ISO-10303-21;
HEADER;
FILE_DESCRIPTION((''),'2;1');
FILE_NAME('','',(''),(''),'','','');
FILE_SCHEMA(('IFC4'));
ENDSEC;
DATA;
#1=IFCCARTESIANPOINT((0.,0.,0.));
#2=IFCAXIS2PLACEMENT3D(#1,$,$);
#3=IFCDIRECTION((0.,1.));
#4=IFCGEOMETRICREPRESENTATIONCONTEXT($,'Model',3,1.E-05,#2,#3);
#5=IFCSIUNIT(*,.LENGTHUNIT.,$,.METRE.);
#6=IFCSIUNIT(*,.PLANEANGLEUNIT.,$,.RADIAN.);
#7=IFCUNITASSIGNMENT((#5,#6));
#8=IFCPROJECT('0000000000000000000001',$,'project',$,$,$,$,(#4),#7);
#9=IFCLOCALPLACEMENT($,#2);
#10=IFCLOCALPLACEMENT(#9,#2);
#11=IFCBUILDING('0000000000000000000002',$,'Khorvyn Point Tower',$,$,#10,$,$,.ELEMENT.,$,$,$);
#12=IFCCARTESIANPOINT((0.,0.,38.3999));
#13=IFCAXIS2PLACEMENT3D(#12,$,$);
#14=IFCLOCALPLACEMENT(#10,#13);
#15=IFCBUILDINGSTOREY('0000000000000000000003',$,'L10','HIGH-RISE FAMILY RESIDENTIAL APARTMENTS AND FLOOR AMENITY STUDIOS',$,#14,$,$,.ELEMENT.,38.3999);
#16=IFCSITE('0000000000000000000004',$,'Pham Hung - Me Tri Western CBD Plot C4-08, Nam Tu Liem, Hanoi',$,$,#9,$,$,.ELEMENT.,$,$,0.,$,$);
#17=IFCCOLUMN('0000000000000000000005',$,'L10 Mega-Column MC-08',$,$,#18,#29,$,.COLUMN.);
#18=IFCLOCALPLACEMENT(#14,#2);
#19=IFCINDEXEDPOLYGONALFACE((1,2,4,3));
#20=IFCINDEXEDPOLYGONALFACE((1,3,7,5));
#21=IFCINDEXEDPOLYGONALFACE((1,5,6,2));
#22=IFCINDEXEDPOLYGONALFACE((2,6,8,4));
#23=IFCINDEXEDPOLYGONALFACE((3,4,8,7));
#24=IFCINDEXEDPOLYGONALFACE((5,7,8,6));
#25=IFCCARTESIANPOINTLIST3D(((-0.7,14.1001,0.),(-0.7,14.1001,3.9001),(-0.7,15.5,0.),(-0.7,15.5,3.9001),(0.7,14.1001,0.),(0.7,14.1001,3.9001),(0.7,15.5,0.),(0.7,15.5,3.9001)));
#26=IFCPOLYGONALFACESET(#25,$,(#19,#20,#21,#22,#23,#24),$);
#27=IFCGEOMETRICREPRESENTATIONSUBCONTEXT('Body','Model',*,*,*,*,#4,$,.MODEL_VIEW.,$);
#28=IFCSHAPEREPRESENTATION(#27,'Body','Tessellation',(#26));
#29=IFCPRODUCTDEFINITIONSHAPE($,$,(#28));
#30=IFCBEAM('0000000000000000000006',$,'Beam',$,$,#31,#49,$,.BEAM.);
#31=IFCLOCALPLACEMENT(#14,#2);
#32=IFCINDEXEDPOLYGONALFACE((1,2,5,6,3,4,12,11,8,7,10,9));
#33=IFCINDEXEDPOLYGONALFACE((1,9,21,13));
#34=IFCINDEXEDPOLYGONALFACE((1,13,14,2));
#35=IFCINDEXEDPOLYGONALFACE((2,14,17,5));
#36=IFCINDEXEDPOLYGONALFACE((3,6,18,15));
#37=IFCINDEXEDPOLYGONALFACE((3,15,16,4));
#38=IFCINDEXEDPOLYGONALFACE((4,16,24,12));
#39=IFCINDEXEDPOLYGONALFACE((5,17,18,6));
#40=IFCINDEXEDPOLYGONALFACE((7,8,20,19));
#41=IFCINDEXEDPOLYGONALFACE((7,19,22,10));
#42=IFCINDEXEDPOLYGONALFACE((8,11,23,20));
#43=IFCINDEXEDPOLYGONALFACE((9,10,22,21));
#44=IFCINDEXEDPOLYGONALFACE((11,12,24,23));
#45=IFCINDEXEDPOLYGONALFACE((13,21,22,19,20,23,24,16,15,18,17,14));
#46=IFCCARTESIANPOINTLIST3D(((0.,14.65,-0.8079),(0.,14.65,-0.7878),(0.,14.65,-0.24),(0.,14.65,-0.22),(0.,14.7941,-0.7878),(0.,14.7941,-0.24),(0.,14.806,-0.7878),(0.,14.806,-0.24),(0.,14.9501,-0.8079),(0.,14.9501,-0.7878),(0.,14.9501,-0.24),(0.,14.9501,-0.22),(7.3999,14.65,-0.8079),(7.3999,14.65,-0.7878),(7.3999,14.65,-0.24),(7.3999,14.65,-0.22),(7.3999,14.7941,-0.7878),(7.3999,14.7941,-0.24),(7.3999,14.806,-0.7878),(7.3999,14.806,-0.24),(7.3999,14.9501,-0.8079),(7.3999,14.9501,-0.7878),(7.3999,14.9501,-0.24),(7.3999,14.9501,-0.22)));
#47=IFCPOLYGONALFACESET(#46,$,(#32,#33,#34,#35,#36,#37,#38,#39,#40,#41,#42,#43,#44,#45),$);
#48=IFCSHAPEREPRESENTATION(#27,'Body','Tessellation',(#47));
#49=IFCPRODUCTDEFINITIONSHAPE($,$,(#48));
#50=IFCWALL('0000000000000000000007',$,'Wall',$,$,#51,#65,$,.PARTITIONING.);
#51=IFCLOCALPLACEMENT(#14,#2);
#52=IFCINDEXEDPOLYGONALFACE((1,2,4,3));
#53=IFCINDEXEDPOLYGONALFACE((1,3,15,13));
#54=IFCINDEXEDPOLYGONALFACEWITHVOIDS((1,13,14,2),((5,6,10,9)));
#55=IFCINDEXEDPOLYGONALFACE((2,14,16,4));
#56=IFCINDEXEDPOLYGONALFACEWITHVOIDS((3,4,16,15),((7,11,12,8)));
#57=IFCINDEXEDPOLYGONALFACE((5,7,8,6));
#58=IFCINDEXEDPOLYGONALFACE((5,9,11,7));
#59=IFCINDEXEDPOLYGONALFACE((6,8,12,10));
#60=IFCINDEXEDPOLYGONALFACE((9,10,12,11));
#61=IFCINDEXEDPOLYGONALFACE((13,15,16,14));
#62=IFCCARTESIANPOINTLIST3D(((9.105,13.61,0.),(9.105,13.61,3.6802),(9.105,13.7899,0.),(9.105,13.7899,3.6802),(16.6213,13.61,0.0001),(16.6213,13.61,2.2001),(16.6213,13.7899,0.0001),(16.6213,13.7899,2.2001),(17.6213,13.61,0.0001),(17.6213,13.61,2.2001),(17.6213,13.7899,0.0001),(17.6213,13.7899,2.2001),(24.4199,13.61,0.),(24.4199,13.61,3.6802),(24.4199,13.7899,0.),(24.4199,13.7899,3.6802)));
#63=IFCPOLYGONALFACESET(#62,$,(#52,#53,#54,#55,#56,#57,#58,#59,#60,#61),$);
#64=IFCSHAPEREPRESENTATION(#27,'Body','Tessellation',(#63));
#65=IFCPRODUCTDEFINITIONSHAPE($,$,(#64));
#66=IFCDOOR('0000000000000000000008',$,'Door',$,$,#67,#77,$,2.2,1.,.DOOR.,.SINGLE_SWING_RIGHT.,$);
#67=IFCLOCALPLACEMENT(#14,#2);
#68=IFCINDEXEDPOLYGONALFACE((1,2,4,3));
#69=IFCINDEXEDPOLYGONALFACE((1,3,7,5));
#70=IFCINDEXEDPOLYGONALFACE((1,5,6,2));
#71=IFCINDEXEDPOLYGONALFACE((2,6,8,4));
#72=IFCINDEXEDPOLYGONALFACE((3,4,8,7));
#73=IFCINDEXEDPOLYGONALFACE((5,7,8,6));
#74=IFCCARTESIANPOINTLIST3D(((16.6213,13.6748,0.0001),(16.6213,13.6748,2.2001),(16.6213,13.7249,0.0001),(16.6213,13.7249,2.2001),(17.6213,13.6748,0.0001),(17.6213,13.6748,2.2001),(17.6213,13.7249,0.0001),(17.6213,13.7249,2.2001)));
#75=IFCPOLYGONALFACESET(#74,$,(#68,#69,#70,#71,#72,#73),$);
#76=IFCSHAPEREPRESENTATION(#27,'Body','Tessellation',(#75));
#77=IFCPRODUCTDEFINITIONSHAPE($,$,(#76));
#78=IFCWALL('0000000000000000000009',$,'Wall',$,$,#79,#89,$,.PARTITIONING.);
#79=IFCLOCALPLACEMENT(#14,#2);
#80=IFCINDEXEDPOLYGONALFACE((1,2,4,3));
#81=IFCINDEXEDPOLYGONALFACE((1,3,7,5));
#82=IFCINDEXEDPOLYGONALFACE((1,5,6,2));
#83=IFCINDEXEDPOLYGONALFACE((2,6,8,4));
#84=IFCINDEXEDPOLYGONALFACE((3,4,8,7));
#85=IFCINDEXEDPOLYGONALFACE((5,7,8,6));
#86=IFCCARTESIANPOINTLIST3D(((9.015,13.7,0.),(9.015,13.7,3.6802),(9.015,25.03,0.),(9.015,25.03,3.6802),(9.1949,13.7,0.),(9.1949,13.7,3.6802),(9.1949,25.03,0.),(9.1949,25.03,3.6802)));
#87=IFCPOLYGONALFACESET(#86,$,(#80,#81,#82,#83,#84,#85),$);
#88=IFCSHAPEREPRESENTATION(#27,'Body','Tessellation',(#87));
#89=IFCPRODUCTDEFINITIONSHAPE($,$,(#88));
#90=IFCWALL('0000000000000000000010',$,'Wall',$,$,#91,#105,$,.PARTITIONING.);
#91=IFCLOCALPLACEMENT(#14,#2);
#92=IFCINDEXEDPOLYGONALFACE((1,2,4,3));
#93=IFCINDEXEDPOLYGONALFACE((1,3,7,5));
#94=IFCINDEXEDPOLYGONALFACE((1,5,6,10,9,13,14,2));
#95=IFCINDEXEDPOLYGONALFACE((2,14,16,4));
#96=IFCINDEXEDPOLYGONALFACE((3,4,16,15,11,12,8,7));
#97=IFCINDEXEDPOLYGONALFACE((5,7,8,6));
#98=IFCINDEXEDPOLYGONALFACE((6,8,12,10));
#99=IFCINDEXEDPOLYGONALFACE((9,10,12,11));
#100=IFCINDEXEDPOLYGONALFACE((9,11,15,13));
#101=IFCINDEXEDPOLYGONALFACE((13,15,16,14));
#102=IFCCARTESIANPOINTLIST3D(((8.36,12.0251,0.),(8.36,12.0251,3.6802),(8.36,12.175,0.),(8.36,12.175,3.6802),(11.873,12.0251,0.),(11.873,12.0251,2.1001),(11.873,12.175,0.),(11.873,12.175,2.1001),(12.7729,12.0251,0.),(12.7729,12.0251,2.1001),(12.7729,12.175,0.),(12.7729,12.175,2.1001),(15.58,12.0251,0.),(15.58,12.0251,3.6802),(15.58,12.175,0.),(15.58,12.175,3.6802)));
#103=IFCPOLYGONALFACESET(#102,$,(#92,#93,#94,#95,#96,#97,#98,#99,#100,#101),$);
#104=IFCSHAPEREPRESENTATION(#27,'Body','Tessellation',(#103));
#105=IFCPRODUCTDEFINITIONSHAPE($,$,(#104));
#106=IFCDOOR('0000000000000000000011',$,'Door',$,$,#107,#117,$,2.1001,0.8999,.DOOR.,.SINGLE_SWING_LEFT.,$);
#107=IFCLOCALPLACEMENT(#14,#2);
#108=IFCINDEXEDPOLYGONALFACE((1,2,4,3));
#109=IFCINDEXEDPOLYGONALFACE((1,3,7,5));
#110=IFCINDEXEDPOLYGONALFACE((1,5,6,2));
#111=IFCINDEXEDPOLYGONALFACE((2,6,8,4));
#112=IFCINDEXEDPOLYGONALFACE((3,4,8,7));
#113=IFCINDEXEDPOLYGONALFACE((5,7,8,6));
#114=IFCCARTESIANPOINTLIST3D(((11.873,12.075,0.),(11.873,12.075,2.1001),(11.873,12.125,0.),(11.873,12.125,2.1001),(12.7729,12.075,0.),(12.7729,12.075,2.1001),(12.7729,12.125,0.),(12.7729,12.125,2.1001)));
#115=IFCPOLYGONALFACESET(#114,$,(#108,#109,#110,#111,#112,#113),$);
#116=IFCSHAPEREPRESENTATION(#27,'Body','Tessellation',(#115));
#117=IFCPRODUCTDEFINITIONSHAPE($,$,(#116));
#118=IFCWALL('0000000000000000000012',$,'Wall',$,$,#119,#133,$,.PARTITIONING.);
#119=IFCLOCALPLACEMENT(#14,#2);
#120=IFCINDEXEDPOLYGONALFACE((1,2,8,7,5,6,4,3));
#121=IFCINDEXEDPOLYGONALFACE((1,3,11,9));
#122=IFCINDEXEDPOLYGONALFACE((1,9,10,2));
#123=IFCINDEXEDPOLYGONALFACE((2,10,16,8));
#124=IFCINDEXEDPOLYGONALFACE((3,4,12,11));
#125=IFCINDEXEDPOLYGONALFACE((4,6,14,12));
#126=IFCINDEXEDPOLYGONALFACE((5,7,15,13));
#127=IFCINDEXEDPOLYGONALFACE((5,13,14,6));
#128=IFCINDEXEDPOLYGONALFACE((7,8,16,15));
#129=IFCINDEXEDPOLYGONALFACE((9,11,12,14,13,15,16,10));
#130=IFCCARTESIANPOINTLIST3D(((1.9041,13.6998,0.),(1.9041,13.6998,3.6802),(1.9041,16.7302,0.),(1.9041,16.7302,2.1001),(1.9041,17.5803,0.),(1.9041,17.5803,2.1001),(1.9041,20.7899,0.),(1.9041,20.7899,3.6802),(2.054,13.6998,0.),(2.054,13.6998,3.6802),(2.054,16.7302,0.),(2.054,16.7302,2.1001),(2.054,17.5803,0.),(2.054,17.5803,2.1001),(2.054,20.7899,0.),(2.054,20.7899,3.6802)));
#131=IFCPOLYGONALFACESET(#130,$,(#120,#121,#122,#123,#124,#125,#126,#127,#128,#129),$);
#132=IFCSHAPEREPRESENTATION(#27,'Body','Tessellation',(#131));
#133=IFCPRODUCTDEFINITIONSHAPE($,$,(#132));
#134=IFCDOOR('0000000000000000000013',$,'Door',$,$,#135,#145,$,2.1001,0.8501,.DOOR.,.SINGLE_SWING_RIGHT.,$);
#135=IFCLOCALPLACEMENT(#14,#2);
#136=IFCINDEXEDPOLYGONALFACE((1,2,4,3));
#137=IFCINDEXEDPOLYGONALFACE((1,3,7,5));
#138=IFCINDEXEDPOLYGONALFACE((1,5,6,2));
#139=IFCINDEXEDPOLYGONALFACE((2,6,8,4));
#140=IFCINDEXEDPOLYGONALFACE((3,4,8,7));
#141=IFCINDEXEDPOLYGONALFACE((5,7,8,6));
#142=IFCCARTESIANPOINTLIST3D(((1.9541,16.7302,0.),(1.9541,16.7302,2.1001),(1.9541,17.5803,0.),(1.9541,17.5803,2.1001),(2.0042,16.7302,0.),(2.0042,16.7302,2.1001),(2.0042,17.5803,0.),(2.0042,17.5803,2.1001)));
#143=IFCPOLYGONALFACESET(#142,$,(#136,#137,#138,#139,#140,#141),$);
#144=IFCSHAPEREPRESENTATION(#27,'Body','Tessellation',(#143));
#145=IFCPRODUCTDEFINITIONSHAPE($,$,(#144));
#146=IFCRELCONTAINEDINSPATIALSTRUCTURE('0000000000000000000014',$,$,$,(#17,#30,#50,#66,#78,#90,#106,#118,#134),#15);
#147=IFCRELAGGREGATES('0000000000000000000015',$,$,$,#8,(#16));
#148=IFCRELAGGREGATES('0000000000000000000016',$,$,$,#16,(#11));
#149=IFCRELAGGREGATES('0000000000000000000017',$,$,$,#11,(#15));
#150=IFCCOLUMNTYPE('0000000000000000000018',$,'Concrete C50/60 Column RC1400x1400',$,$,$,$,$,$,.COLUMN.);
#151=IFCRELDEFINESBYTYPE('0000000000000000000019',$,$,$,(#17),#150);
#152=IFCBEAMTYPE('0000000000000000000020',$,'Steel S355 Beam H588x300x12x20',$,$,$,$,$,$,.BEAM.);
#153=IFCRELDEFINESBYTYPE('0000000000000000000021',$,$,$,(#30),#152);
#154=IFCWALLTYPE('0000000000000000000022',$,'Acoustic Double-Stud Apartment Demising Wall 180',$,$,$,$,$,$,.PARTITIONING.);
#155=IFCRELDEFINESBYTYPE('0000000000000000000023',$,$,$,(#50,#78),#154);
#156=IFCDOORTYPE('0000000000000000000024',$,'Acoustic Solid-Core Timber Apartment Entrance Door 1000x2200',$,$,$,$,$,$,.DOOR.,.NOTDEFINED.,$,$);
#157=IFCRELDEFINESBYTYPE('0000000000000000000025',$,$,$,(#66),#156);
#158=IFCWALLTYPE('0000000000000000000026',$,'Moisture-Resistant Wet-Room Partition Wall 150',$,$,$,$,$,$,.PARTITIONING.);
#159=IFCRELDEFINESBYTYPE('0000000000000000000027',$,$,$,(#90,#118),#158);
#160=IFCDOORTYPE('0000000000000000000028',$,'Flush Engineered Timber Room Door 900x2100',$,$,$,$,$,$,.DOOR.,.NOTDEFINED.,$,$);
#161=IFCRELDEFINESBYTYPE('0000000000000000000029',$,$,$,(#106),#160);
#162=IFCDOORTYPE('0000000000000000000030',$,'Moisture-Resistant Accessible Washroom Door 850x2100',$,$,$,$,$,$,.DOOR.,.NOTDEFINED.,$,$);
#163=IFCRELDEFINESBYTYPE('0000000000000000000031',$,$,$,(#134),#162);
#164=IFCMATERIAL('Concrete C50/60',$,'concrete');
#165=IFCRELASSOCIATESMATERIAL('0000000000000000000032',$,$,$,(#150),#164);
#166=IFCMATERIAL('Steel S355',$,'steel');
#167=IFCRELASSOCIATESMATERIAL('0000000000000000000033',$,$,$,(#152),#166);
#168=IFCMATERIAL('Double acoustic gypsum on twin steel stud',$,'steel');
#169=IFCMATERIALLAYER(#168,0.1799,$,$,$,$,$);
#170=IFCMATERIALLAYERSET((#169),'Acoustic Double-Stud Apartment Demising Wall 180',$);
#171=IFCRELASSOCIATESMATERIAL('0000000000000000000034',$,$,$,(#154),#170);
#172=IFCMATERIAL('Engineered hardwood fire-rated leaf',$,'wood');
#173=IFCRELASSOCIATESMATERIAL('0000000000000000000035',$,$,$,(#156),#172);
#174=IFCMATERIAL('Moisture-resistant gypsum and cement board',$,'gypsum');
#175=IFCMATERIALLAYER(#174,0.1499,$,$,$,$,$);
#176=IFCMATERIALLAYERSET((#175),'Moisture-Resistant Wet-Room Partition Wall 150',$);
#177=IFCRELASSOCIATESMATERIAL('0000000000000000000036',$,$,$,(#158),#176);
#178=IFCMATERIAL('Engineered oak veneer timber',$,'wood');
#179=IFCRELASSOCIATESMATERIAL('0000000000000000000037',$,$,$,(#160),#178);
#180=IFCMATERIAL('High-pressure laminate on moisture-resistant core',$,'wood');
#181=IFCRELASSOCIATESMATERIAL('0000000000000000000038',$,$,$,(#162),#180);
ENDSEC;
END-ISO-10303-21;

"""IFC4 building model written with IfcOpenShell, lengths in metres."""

from ifc_helpers import new_model, si_unit, direction, frame, frame_2d, origin, origin_2d, place, context, subcontext, project, spatial, rectangle, i_section, extrude, material, layer, layer_set, material_profile, profile_set, type_object, element, fill, save


model = new_model("IFC4")

# Units and contexts
model_context = context("Model", 3, precision=1e-05, world=origin(), true_north=direction((0.0, 1.0)))
body_context = subcontext(model_context, "Body", "Model", "MODEL_VIEW")
ifc_project = project(units=[si_unit("LENGTHUNIT", "METRE"), si_unit("PLANEANGLEUNIT", "RADIAN")], contexts=[model_context])

# Site, building, storey
site_placement = place(None, origin())
site = spatial("IfcSite", under=ifc_project, at=site_placement, Name="Pham Hung - Me Tri Western CBD Plot C4-08, Nam Tu Liem, Hanoi", CompositionType="ELEMENT", RefElevation=0.0)
building_placement = place(site_placement, origin())
building = spatial("IfcBuilding", under=site, at=building_placement, Name="Khorvyn Point Tower", CompositionType="ELEMENT")
storey_placement = place(building_placement, frame((0.0, 0.0, 38.3999)))
storey = spatial("IfcBuildingStorey", under=building, at=storey_placement, Name="L10", Description="HIGH-RISE FAMILY RESIDENTIAL APARTMENTS AND FLOOR AMENITY STUDIOS", CompositionType="ELEMENT", Elevation=38.3999)

# Column
ifc_material_1 = material(Name="Concrete C50/60", Category="concrete")
ifc_material_profile_1 = material_profile(ifc_material_1, rectangle(XDim=1.3999, YDim=1.3999, at=origin_2d()))
ifc_profile_set_1 = profile_set([ifc_material_profile_1], Name="Concrete C50/60 RC1400x1400")
column_type = type_object("IfcColumnType", Name="Concrete C50/60 Column RC1400x1400", PredefinedType="COLUMN", material=ifc_profile_set_1)
column_placement = place(storey_placement, frame((0.0, 14.8, 0.0), z_axis=(0.0, 0.0, 1.0), x_axis=(1.0, 0.0, 0.0)))
element("IfcColumn", 1, at=column_placement, inside=storey, type_object=column_type, Name="L10 Mega-Column MC-08", PredefinedType="COLUMN", context=body_context, shape_type="SweptSolid", body=[
    extrude(rectangle(XDim=1.3999, YDim=1.3999, at=origin_2d()), origin(), (0.0, 0.0, 1.0), 3.9001),
])

# Beam
ifc_material_2 = material(Name="Steel S355", Category="steel")
ifc_material_profile_2 = material_profile(ifc_material_2, i_section(OverallWidth=0.3, OverallDepth=0.5879, WebThickness=0.012, FlangeThickness=0.02, at=origin_2d()))
ifc_profile_set_2 = profile_set([ifc_material_profile_2], Name="Steel S355 H588x300x12x20")
beam_type = type_object("IfcBeamType", Name="Steel S355 Beam H588x300x12x20", PredefinedType="BEAM", material=ifc_profile_set_2)
beam_placement = place(storey_placement, frame((0.0, 14.8, -0.5139), z_axis=(1.0, 0.0, 0.0), x_axis=(0.0, 1.0, 0.0)))
element("IfcBeam", 2, at=beam_placement, inside=storey, type_object=beam_type, Name="Beam", PredefinedType="BEAM", context=body_context, shape_type="SweptSolid", body=[
    extrude(i_section(OverallWidth=0.3, OverallDepth=0.5879, WebThickness=0.012, FlangeThickness=0.02, at=origin_2d()), origin(), (0.0, 0.0, 1.0), 7.3999),
])

# Wall, opening, door
ifc_material_3 = material(Name="Double acoustic gypsum on twin steel stud", Category="steel")
ifc_layer_1 = layer(ifc_material_3, 0.1799)
ifc_layer_set_1 = layer_set([ifc_layer_1], Name="Acoustic Double-Stud Apartment Demising Wall 180")
wall_type_1 = type_object("IfcWallType", Name="Acoustic Double-Stud Apartment Demising Wall 180", PredefinedType="PARTITIONING", material=ifc_layer_set_1)
wall_1_placement = place(storey_placement, frame((9.105, 13.7, 0.0), z_axis=(0.0, 0.0, 1.0), x_axis=(1.0, 0.0, 0.0)))
wall_1 = element("IfcWall", 3, at=wall_1_placement, inside=storey, type_object=wall_type_1, Name="Wall", PredefinedType="PARTITIONING", context=body_context, shape_type="SweptSolid", body=[
    extrude(rectangle(XDim=15.3149, YDim=0.1799, at=frame_2d((7.6575, 0.0))), origin(), (0.0, 0.0, 1.0), 3.6802),
])
opening_1_placement = place(wall_1_placement, frame((7.5164, 0.0, 0.0)))
opening_1 = element("IfcOpeningElement", 4, at=opening_1_placement, cuts=wall_1, PredefinedType="OPENING", context=body_context, shape_type="SweptSolid", body=[
    extrude(rectangle(XDim=1.0, YDim=2.2, at=frame_2d((0.5, 1.1001))), frame((0.0, 0.0999, 0.0), z_axis=(0.0, -1.0, 0.0), x_axis=(1.0, 0.0, 0.0)), (0.0, 0.0, 1.0), 0.2),
])
ifc_material_4 = material(Name="Engineered hardwood fire-rated leaf", Category="wood")
door_type_1 = type_object("IfcDoorType", Name="Acoustic Solid-Core Timber Apartment Entrance Door 1000x2200", OperationType="NOTDEFINED", PredefinedType="DOOR", material=ifc_material_4)
door_1_placement = place(opening_1_placement, origin())
door_1 = element("IfcDoor", 5, at=door_1_placement, inside=storey, type_object=door_type_1, Name="Door", OperationType="SINGLE_SWING_RIGHT", OverallHeight=2.2, OverallWidth=1.0, PredefinedType="DOOR", context=body_context, shape_type="SweptSolid", body=[
    extrude(rectangle(XDim=1.0, YDim=2.2, at=frame_2d((0.5, 1.1001))), frame((0.0, 0.0249, 0.0), z_axis=(0.0, -1.0, 0.0), x_axis=(1.0, 0.0, 0.0)), (0.0, 0.0, 1.0), 0.05),
])
fill(opening_1, door_1)

# Wall
wall_2_placement = place(storey_placement, frame((9.105, 13.7, 0.0), z_axis=(0.0, 0.0, 1.0), x_axis=(0.0, 1.0, 0.0)))
element("IfcWall", 6, at=wall_2_placement, inside=storey, type_object=wall_type_1, Name="Wall", PredefinedType="PARTITIONING", context=body_context, shape_type="SweptSolid", body=[
    extrude(rectangle(XDim=11.3301, YDim=0.1799, at=frame_2d((5.665, 0.0))), origin(), (0.0, 0.0, 1.0), 3.6802),
])

# Walls, openings, doors
ifc_material_5 = material(Name="Moisture-resistant gypsum and cement board", Category="gypsum")
ifc_layer_2 = layer(ifc_material_5, 0.1499)
ifc_layer_set_2 = layer_set([ifc_layer_2], Name="Moisture-Resistant Wet-Room Partition Wall 150")
wall_type_2 = type_object("IfcWallType", Name="Moisture-Resistant Wet-Room Partition Wall 150", PredefinedType="PARTITIONING", material=ifc_layer_set_2)
wall_3_placement = place(storey_placement, frame((8.3601, 12.1001, 0.0), z_axis=(0.0, 0.0, 1.0), x_axis=(1.0, 0.0, 0.0)))
wall_3 = element("IfcWall", 7, at=wall_3_placement, inside=storey, type_object=wall_type_2, Name="Wall", PredefinedType="PARTITIONING", context=body_context, shape_type="SweptSolid", body=[
    extrude(rectangle(XDim=7.22, YDim=0.1499, at=frame_2d((3.6099, 0.0))), origin(), (0.0, 0.0, 1.0), 3.6802),
])
opening_2_placement = place(wall_3_placement, frame((3.5129, 0.0, 0.0)))
opening_2 = element("IfcOpeningElement", 8, at=opening_2_placement, cuts=wall_3, PredefinedType="OPENING", context=body_context, shape_type="SweptSolid", body=[
    extrude(rectangle(XDim=0.8999, YDim=2.1001, at=frame_2d((0.45, 1.05))), frame((0.0, 0.085, 0.0), z_axis=(0.0, -1.0, 0.0), x_axis=(1.0, 0.0, 0.0)), (0.0, 0.0, 1.0), 0.1699),
])
ifc_material_6 = material(Name="Engineered oak veneer timber", Category="wood")
door_type_2 = type_object("IfcDoorType", Name="Flush Engineered Timber Room Door 900x2100", OperationType="NOTDEFINED", PredefinedType="DOOR", material=ifc_material_6)
door_2_placement = place(opening_2_placement, origin())
door_2 = element("IfcDoor", 9, at=door_2_placement, inside=storey, type_object=door_type_2, Name="Door", OperationType="SINGLE_SWING_LEFT", OverallHeight=2.1001, OverallWidth=0.8999, PredefinedType="DOOR", context=body_context, shape_type="SweptSolid", body=[
    extrude(rectangle(XDim=0.8999, YDim=2.1001, at=frame_2d((0.45, 1.05))), frame((0.0, 0.0249, 0.0), z_axis=(0.0, -1.0, 0.0), x_axis=(1.0, 0.0, 0.0)), (0.0, 0.0, 1.0), 0.05),
])
fill(opening_2, door_2)
wall_4_placement = place(storey_placement, frame((1.979, 13.7, 0.0), z_axis=(0.0, 0.0, 1.0), x_axis=(0.0, 1.0, 0.0)))
wall_4 = element("IfcWall", 10, at=wall_4_placement, inside=storey, type_object=wall_type_2, Name="Wall", PredefinedType="PARTITIONING", context=body_context, shape_type="SweptSolid", body=[
    extrude(rectangle(XDim=7.0901, YDim=0.1499, at=frame_2d((3.5449, 0.0))), origin(), (0.0, 0.0, 1.0), 3.6802),
])
opening_3_placement = place(wall_4_placement, frame((3.0303, 0.0, 0.0)))
opening_3 = element("IfcOpeningElement", 11, at=opening_3_placement, cuts=wall_4, PredefinedType="OPENING", context=body_context, shape_type="SweptSolid", body=[
    extrude(rectangle(XDim=0.8501, YDim=2.1001, at=frame_2d((0.425, 1.05))), frame((0.0, 0.085, 0.0), z_axis=(0.0, -1.0, 0.0), x_axis=(1.0, 0.0, 0.0)), (0.0, 0.0, 1.0), 0.1699),
])
ifc_material_7 = material(Name="High-pressure laminate on moisture-resistant core", Category="wood")
door_type_3 = type_object("IfcDoorType", Name="Moisture-Resistant Accessible Washroom Door 850x2100", OperationType="NOTDEFINED", PredefinedType="DOOR", material=ifc_material_7)
door_3_placement = place(opening_3_placement, origin())
door_3 = element("IfcDoor", 12, at=door_3_placement, inside=storey, type_object=door_type_3, Name="Door", OperationType="SINGLE_SWING_RIGHT", OverallHeight=2.1001, OverallWidth=0.8501, PredefinedType="DOOR", context=body_context, shape_type="SweptSolid", body=[
    extrude(rectangle(XDim=0.8501, YDim=2.1001, at=frame_2d((0.425, 1.05))), frame((0.0, 0.0249, 0.0), z_axis=(0.0, -1.0, 0.0), x_axis=(1.0, 0.0, 0.0)), (0.0, 0.0, 1.0), 0.05),
])
fill(opening_3, door_3)

save(model, "model.ifc")
